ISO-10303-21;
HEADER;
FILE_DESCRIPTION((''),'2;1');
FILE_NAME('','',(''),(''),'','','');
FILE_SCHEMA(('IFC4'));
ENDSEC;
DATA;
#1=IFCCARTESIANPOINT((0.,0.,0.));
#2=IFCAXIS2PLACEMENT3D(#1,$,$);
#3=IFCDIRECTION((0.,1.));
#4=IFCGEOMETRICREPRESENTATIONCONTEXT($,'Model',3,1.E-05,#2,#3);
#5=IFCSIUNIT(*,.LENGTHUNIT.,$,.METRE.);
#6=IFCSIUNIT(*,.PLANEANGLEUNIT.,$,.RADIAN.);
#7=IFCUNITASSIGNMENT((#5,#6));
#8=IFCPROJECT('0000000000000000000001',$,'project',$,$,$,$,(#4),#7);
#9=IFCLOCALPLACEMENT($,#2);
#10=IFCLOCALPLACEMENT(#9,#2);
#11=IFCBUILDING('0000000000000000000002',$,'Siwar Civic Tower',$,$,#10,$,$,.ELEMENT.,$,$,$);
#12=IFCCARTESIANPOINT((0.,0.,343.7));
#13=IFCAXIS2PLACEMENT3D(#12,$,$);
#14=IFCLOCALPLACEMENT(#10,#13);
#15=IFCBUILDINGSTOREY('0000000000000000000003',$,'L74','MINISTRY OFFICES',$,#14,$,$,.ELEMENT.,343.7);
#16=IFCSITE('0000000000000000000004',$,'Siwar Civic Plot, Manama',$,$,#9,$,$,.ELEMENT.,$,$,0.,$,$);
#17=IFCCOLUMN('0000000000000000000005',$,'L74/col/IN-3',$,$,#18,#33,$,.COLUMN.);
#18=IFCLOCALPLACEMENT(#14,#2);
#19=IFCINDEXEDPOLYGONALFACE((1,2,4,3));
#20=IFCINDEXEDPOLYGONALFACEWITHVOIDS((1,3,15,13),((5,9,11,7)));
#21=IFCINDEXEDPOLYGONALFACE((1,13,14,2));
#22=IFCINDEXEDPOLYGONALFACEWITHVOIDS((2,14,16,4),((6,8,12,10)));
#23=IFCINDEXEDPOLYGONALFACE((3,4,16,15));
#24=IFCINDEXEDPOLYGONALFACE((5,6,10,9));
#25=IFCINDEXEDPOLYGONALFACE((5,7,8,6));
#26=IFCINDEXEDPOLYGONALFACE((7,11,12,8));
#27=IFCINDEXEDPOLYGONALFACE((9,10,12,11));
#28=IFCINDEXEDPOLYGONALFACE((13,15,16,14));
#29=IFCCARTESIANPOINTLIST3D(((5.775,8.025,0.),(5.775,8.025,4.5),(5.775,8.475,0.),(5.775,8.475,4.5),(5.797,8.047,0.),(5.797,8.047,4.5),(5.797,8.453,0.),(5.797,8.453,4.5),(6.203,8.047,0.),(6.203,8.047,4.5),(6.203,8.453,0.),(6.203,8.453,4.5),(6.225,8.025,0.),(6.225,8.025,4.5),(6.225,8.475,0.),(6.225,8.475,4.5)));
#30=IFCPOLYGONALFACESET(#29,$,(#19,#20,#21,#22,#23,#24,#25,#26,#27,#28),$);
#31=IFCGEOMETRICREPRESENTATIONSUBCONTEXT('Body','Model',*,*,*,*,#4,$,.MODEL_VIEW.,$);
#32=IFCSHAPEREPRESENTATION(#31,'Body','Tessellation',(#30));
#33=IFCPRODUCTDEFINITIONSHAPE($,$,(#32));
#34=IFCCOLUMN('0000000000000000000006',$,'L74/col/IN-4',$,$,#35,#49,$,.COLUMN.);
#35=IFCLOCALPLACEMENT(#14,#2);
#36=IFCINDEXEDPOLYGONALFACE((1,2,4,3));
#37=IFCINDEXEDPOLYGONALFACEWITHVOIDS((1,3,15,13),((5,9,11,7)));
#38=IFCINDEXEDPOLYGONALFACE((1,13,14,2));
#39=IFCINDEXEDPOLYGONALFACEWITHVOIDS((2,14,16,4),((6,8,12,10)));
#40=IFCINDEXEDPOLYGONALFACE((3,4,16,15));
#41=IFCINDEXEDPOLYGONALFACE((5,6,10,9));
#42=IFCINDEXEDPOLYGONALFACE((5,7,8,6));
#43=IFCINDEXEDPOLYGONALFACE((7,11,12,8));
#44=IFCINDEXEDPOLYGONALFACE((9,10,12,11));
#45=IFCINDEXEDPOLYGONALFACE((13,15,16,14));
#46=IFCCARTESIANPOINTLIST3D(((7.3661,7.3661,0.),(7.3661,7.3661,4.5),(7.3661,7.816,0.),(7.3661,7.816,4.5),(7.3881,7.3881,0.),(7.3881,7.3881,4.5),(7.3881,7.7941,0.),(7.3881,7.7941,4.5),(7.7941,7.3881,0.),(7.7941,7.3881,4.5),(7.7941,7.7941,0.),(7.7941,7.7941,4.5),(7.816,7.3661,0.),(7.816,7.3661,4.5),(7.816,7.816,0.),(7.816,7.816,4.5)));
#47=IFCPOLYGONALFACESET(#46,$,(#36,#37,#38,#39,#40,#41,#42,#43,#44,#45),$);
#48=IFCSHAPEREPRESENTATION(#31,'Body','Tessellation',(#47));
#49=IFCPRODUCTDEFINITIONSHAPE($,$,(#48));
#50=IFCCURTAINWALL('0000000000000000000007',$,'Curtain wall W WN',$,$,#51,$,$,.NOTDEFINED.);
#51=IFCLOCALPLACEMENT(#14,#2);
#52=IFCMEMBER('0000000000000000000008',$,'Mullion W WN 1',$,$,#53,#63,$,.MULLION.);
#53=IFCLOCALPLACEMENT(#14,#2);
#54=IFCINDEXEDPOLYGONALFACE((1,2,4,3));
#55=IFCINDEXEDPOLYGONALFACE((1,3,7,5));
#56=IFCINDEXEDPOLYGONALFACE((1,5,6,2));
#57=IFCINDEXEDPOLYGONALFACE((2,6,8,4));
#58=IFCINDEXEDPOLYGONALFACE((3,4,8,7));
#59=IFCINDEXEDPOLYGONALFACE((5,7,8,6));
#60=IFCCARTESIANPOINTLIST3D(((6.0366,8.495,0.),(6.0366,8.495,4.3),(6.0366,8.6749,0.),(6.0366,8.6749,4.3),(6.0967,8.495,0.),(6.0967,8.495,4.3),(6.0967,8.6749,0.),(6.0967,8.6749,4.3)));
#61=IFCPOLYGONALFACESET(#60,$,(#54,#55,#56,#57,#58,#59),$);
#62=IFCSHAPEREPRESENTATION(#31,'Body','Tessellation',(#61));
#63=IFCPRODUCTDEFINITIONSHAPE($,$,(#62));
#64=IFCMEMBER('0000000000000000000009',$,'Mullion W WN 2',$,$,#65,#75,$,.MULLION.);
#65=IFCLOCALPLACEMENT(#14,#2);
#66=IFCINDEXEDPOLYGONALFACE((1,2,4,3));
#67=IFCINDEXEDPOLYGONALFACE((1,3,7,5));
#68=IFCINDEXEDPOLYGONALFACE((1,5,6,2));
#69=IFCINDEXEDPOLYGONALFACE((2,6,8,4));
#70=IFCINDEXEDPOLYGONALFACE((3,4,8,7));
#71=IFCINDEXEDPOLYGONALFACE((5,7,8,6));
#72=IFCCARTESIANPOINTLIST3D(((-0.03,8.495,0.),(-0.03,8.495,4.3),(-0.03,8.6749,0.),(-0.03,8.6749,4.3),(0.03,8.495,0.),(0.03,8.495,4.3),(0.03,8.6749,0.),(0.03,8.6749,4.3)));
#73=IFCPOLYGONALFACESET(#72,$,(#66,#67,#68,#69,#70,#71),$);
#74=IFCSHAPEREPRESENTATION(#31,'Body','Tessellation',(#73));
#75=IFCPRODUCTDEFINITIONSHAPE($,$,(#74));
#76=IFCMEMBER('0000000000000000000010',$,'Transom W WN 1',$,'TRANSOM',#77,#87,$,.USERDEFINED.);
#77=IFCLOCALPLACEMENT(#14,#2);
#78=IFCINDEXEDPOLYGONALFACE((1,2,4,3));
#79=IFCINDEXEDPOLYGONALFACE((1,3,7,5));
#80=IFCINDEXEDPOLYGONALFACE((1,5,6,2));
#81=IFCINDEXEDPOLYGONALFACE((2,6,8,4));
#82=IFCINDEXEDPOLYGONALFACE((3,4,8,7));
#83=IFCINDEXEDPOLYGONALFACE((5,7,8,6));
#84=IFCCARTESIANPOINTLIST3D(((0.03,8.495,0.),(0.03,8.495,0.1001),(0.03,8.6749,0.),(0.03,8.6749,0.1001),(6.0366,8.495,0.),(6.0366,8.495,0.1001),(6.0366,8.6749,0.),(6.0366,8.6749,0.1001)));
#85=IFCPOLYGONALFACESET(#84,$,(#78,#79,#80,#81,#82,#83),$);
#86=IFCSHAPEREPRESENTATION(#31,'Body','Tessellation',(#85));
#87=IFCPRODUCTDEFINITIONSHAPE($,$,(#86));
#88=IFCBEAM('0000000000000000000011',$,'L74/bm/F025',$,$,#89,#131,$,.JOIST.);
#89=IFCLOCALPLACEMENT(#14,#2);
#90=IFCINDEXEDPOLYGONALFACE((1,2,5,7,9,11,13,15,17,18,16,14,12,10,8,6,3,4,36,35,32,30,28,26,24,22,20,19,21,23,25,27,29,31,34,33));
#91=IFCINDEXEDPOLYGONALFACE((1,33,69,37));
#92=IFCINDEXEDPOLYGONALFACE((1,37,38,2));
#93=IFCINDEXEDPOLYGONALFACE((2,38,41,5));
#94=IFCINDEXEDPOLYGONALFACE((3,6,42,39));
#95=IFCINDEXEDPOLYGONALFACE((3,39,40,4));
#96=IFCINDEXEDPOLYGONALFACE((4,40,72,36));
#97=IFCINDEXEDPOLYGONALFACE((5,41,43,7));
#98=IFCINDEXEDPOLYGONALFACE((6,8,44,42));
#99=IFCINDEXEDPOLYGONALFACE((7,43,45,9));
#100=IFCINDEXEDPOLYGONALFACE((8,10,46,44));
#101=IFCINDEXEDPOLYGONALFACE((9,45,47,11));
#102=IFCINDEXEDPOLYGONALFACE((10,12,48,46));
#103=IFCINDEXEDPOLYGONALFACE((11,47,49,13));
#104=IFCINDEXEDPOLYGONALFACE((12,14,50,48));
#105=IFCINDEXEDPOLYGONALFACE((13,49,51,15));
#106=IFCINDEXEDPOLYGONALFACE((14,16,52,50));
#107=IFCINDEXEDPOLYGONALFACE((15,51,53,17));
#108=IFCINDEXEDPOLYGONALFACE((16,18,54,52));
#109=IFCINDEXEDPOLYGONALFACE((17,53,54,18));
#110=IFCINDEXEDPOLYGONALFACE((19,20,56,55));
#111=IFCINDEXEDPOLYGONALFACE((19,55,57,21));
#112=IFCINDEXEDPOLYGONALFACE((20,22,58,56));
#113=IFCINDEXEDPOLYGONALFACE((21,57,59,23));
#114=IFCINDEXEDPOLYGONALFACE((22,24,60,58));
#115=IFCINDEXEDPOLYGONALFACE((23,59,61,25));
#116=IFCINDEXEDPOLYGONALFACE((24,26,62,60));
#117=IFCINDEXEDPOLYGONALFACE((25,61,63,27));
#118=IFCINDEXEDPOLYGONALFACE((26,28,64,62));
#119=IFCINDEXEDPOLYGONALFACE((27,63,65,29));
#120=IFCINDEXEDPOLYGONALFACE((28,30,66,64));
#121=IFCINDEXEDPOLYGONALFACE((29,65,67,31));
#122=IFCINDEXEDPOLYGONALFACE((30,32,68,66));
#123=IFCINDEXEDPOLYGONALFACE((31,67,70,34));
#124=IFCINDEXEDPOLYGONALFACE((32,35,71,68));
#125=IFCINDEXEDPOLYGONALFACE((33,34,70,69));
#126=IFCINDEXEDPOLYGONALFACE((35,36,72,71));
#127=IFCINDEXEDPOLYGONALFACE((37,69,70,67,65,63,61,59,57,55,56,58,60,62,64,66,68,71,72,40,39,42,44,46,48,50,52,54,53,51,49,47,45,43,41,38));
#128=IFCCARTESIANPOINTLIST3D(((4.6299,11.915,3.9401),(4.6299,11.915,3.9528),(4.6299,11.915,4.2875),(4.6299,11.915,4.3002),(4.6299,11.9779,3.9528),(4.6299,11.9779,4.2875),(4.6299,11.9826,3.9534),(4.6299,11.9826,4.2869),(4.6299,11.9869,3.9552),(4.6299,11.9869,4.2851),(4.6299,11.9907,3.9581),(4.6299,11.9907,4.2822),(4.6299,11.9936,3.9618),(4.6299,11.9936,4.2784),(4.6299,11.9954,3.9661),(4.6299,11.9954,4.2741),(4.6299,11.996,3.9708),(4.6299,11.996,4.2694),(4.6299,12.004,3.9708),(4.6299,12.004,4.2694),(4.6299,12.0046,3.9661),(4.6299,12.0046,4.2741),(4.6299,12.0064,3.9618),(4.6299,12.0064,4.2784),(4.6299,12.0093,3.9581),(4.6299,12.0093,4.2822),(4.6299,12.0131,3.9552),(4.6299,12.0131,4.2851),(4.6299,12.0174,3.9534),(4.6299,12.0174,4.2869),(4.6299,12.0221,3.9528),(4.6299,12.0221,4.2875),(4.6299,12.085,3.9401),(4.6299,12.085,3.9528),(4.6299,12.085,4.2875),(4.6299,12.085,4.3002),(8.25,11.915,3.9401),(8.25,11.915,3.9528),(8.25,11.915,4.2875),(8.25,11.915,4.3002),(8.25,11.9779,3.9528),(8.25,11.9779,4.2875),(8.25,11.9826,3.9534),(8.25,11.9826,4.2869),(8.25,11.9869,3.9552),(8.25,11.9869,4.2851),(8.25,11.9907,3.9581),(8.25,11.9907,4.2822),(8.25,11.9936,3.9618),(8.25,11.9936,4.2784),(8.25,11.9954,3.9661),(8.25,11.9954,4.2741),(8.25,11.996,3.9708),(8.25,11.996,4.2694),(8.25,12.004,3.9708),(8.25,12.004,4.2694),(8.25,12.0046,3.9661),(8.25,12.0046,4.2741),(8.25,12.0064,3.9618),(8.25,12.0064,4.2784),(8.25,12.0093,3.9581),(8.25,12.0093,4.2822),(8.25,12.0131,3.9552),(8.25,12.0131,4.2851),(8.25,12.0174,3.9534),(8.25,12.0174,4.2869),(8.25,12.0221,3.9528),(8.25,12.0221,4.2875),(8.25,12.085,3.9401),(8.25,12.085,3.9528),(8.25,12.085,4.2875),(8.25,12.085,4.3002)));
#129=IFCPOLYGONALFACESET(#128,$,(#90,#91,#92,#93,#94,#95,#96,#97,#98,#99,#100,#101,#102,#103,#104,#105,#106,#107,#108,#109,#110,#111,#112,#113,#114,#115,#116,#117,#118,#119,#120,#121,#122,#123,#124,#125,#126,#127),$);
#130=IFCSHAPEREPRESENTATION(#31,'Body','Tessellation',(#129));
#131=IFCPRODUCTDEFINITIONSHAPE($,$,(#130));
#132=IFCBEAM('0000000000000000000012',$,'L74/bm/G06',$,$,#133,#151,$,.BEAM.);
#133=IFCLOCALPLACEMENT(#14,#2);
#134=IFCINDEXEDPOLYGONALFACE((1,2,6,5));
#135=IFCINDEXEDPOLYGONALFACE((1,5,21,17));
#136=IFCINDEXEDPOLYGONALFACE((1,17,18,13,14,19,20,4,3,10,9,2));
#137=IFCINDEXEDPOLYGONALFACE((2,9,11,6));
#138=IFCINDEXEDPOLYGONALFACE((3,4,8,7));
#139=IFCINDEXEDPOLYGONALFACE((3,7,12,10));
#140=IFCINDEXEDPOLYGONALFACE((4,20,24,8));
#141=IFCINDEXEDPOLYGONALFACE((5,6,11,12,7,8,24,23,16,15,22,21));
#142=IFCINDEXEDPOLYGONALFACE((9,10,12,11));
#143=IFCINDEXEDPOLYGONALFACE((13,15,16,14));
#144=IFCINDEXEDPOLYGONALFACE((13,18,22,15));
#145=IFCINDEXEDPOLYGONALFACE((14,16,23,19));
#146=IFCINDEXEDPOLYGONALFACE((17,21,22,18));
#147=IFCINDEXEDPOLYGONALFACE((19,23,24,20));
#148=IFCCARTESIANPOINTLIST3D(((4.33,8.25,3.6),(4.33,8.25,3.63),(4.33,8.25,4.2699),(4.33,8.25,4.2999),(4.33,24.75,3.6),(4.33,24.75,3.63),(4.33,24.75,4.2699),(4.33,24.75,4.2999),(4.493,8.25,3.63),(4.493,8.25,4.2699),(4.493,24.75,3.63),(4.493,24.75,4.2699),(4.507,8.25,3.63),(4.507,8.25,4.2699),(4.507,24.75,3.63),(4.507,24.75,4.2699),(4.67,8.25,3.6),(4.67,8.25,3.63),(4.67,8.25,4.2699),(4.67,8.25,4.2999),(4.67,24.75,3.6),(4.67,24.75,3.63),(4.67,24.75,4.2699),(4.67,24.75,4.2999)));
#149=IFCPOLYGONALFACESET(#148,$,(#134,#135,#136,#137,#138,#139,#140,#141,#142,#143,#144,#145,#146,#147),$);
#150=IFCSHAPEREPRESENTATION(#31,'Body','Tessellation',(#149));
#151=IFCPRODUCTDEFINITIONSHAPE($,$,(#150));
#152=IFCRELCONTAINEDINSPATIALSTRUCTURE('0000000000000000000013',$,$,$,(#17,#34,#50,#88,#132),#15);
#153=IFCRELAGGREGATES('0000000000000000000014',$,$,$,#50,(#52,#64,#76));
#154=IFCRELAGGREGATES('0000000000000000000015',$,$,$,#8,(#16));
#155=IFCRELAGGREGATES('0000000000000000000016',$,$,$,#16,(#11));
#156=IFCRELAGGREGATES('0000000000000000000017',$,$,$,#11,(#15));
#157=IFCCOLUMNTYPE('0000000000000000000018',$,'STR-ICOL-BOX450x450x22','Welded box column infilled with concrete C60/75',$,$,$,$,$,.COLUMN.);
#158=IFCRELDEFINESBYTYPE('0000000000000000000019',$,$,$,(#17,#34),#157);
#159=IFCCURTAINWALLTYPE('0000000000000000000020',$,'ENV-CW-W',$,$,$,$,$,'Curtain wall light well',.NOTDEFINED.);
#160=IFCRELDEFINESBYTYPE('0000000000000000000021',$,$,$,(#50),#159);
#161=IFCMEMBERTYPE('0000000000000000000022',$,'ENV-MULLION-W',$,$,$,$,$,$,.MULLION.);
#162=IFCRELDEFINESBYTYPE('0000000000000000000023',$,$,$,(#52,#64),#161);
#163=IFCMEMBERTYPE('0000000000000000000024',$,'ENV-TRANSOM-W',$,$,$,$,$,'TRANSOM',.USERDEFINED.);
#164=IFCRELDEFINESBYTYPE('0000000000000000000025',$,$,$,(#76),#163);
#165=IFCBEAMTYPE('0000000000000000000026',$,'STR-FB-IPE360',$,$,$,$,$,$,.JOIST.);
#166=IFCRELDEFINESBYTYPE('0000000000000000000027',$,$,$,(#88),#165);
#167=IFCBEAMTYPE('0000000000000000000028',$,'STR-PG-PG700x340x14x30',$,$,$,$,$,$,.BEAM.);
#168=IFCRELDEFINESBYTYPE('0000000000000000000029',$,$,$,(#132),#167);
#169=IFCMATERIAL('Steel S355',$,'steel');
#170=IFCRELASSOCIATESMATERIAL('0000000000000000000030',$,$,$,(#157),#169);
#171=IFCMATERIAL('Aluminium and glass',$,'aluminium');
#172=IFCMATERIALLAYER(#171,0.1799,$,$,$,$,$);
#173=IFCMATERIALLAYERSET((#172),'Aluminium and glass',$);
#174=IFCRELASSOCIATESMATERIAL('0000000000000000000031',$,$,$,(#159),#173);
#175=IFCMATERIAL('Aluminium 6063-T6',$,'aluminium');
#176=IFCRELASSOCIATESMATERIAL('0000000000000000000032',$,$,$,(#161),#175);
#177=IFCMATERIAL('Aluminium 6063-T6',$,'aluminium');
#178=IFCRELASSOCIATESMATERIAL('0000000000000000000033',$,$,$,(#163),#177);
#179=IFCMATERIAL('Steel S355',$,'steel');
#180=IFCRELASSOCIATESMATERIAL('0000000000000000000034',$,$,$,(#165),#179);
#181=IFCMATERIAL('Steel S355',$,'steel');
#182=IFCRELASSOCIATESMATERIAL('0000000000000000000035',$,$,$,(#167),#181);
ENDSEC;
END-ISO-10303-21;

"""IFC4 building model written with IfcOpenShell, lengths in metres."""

from ifc_helpers import new_model, si_unit, direction, frame, origin, origin_2d, place, context, subcontext, project, spatial, rectangle, hollow_rectangle, i_section, extrude, material, layer, layer_set, material_profile, profile_set, type_object, element, aggregate, save


model = new_model("IFC4")

# Units and contexts
model_context = context("Model", 3, precision=1e-05, world=origin(), true_north=direction((0.0, 1.0)))
body_context = subcontext(model_context, "Body", "Model", "MODEL_VIEW")
ifc_project = project(units=[si_unit("LENGTHUNIT", "METRE"), si_unit("PLANEANGLEUNIT", "RADIAN")], contexts=[model_context])

# Site, building, storey
site_placement = place(None, origin())
site = spatial("IfcSite", under=ifc_project, at=site_placement, Name="Siwar Civic Plot, Manama", CompositionType="ELEMENT", RefElevation=0.0)
building_placement = place(site_placement, origin())
building = spatial("IfcBuilding", under=site, at=building_placement, Name="Siwar Civic Tower", CompositionType="ELEMENT")
storey_placement = place(building_placement, frame((0.0, 0.0, 343.7)))
storey = spatial("IfcBuildingStorey", under=building, at=storey_placement, Name="L74", Description="MINISTRY OFFICES", CompositionType="ELEMENT", Elevation=343.7)

# Columns
ifc_material_1 = material(Name="Steel S355", Category="steel")
ifc_material_profile_1 = material_profile(ifc_material_1, hollow_rectangle(XDim=0.45, YDim=0.45, WallThickness=0.022, at=origin_2d()), Name="BOX450x450x22")
ifc_profile_set_1 = profile_set([ifc_material_profile_1], Name="Steel S355")
column_type = type_object("IfcColumnType", Name="STR-ICOL-BOX450x450x22", Description="Welded box column infilled with concrete C60/75", PredefinedType="COLUMN", material=ifc_profile_set_1)
for number, where, z_axis, x_axis, name in (
    (1, (6.0, 8.25, 0.0), (0.0, 0.0, 1.0), (1.0, 0.0, 0.0), "L74/col/IN-3"),
    (2, (7.5911, 7.5911, 0.0), (0.0, 0.0, 1.0), (1.0, 0.0, 0.0), "L74/col/IN-4"),
):
    element("IfcColumn", number, at=place(storey_placement, frame(where, z_axis=z_axis, x_axis=x_axis)), inside=storey, type_object=column_type, Name=name, PredefinedType="COLUMN", context=body_context, shape_type="SweptSolid", body=[
        extrude(hollow_rectangle(XDim=0.45, YDim=0.45, WallThickness=0.022, at=origin_2d()), origin(), (0.0, 0.0, 1.0), 4.5),
    ])

# Curtain wall, members
ifc_material_2 = material(Name="Aluminium and glass", Category="aluminium")
ifc_layer_1 = layer(ifc_material_2, 0.1799)
ifc_layer_set_1 = layer_set([ifc_layer_1], Name="Aluminium and glass")
curtain_wall_type = type_object("IfcCurtainWallType", Name="ENV-CW-W", ElementType="Curtain wall light well", PredefinedType="NOTDEFINED", material=ifc_layer_set_1)
curtain_wall_placement = place(storey_placement, origin())
curtain_wall = element("IfcCurtainWall", 3, at=curtain_wall_placement, inside=storey, type_object=curtain_wall_type, Name="Curtain wall W WN", PredefinedType="NOTDEFINED")
ifc_material_3 = material(Name="Aluminium 6063-T6", Category="aluminium")
ifc_material_profile_2 = material_profile(ifc_material_3, rectangle(XDim=0.1799, YDim=0.0601, at=origin_2d()), Name="AL 180x60")
ifc_profile_set_2 = profile_set([ifc_material_profile_2], Name="Aluminium 6063-T6")
member_type_1 = type_object("IfcMemberType", Name="ENV-MULLION-W", PredefinedType="MULLION", material=ifc_profile_set_2)
member_1_placement = place(storey_placement, frame((6.0667, 8.585, 0.0), z_axis=(0.0, 0.0, 1.0), x_axis=(0.0, -1.0, 0.0)))
member_1 = element("IfcMember", 4, at=member_1_placement, type_object=member_type_1, Name="Mullion W WN 1", PredefinedType="MULLION", context=body_context, shape_type="SweptSolid", body=[
    extrude(rectangle(XDim=0.1799, YDim=0.0601, at=origin_2d()), origin(), (0.0, 0.0, 1.0), 4.3),
])
member_2_placement = place(storey_placement, frame((0.0, 8.585, 0.0), z_axis=(0.0, 0.0, 1.0), x_axis=(0.0, -1.0, 0.0)))
member_2 = element("IfcMember", 5, at=member_2_placement, type_object=member_type_1, Name="Mullion W WN 2", PredefinedType="MULLION", context=body_context, shape_type="SweptSolid", body=[
    extrude(rectangle(XDim=0.1799, YDim=0.0601, at=origin_2d()), origin(), (0.0, 0.0, 1.0), 4.3),
])
ifc_material_4 = material(Name="Aluminium 6063-T6", Category="aluminium")
ifc_material_profile_3 = material_profile(ifc_material_4, rectangle(XDim=0.1799, YDim=0.1001, at=origin_2d()), Name="AL 180x100")
ifc_profile_set_3 = profile_set([ifc_material_profile_3], Name="Aluminium 6063-T6")
member_type_2 = type_object("IfcMemberType", Name="ENV-TRANSOM-W", ElementType="TRANSOM", PredefinedType="USERDEFINED", material=ifc_profile_set_3)
member_3_placement = place(storey_placement, frame((6.0366, 8.585, 0.05), z_axis=(-1.0, 0.0, 0.0), x_axis=(0.0, -1.0, 0.0)))
member_3 = element("IfcMember", 6, at=member_3_placement, type_object=member_type_2, Name="Transom W WN 1", ObjectType="TRANSOM", PredefinedType="USERDEFINED", context=body_context, shape_type="SweptSolid", body=[
    extrude(rectangle(XDim=0.1799, YDim=0.1001, at=origin_2d()), origin(), (0.0, 0.0, 1.0), 6.0066),
])

# Beams
ifc_material_5 = material(Name="Steel S355", Category="steel")
ifc_material_profile_4 = material_profile(ifc_material_5, i_section(OverallWidth=0.1699, OverallDepth=0.3601, WebThickness=0.0081, FlangeThickness=0.0127, FilletRadius=0.0181, at=origin_2d()), Name="IPE360")
ifc_profile_set_4 = profile_set([ifc_material_profile_4], Name="Steel S355")
beam_type_1 = type_object("IfcBeamType", Name="STR-FB-IPE360", PredefinedType="JOIST", material=ifc_profile_set_4)
beam_1_placement = place(storey_placement, frame((4.6299, 12.0, 4.1201), z_axis=(1.0, 0.0, 0.0), x_axis=(0.0, 1.0, 0.0)))
element("IfcBeam", 7, at=beam_1_placement, inside=storey, type_object=beam_type_1, Name="L74/bm/F025", PredefinedType="JOIST", context=body_context, shape_type="SweptSolid", body=[
    extrude(i_section(OverallWidth=0.1699, OverallDepth=0.3601, WebThickness=0.0081, FlangeThickness=0.0127, FilletRadius=0.0181, at=origin_2d()), origin(), (0.0, 0.0, 1.0), 3.6201),
])
ifc_material_6 = material(Name="Steel S355", Category="steel")
ifc_material_profile_5 = material_profile(ifc_material_6, i_section(OverallWidth=0.3401, OverallDepth=0.7, WebThickness=0.0139, FlangeThickness=0.03, at=origin_2d()), Name="PG700x340x14x30")
ifc_profile_set_5 = profile_set([ifc_material_profile_5], Name="Steel S355")
beam_type_2 = type_object("IfcBeamType", Name="STR-PG-PG700x340x14x30", PredefinedType="BEAM", material=ifc_profile_set_5)
beam_2_placement = place(storey_placement, frame((4.5, 8.25, 3.95), z_axis=(0.0, 1.0, 0.0), x_axis=(-1.0, 0.0, 0.0)))
element("IfcBeam", 8, at=beam_2_placement, inside=storey, type_object=beam_type_2, Name="L74/bm/G06", PredefinedType="BEAM", context=body_context, shape_type="SweptSolid", body=[
    extrude(i_section(OverallWidth=0.3401, OverallDepth=0.7, WebThickness=0.0139, FlangeThickness=0.03, at=origin_2d()), origin(), (0.0, 0.0, 1.0), 16.5),
])

aggregate(curtain_wall, [member_1, member_2, member_3])

save(model, "model.ifc")
